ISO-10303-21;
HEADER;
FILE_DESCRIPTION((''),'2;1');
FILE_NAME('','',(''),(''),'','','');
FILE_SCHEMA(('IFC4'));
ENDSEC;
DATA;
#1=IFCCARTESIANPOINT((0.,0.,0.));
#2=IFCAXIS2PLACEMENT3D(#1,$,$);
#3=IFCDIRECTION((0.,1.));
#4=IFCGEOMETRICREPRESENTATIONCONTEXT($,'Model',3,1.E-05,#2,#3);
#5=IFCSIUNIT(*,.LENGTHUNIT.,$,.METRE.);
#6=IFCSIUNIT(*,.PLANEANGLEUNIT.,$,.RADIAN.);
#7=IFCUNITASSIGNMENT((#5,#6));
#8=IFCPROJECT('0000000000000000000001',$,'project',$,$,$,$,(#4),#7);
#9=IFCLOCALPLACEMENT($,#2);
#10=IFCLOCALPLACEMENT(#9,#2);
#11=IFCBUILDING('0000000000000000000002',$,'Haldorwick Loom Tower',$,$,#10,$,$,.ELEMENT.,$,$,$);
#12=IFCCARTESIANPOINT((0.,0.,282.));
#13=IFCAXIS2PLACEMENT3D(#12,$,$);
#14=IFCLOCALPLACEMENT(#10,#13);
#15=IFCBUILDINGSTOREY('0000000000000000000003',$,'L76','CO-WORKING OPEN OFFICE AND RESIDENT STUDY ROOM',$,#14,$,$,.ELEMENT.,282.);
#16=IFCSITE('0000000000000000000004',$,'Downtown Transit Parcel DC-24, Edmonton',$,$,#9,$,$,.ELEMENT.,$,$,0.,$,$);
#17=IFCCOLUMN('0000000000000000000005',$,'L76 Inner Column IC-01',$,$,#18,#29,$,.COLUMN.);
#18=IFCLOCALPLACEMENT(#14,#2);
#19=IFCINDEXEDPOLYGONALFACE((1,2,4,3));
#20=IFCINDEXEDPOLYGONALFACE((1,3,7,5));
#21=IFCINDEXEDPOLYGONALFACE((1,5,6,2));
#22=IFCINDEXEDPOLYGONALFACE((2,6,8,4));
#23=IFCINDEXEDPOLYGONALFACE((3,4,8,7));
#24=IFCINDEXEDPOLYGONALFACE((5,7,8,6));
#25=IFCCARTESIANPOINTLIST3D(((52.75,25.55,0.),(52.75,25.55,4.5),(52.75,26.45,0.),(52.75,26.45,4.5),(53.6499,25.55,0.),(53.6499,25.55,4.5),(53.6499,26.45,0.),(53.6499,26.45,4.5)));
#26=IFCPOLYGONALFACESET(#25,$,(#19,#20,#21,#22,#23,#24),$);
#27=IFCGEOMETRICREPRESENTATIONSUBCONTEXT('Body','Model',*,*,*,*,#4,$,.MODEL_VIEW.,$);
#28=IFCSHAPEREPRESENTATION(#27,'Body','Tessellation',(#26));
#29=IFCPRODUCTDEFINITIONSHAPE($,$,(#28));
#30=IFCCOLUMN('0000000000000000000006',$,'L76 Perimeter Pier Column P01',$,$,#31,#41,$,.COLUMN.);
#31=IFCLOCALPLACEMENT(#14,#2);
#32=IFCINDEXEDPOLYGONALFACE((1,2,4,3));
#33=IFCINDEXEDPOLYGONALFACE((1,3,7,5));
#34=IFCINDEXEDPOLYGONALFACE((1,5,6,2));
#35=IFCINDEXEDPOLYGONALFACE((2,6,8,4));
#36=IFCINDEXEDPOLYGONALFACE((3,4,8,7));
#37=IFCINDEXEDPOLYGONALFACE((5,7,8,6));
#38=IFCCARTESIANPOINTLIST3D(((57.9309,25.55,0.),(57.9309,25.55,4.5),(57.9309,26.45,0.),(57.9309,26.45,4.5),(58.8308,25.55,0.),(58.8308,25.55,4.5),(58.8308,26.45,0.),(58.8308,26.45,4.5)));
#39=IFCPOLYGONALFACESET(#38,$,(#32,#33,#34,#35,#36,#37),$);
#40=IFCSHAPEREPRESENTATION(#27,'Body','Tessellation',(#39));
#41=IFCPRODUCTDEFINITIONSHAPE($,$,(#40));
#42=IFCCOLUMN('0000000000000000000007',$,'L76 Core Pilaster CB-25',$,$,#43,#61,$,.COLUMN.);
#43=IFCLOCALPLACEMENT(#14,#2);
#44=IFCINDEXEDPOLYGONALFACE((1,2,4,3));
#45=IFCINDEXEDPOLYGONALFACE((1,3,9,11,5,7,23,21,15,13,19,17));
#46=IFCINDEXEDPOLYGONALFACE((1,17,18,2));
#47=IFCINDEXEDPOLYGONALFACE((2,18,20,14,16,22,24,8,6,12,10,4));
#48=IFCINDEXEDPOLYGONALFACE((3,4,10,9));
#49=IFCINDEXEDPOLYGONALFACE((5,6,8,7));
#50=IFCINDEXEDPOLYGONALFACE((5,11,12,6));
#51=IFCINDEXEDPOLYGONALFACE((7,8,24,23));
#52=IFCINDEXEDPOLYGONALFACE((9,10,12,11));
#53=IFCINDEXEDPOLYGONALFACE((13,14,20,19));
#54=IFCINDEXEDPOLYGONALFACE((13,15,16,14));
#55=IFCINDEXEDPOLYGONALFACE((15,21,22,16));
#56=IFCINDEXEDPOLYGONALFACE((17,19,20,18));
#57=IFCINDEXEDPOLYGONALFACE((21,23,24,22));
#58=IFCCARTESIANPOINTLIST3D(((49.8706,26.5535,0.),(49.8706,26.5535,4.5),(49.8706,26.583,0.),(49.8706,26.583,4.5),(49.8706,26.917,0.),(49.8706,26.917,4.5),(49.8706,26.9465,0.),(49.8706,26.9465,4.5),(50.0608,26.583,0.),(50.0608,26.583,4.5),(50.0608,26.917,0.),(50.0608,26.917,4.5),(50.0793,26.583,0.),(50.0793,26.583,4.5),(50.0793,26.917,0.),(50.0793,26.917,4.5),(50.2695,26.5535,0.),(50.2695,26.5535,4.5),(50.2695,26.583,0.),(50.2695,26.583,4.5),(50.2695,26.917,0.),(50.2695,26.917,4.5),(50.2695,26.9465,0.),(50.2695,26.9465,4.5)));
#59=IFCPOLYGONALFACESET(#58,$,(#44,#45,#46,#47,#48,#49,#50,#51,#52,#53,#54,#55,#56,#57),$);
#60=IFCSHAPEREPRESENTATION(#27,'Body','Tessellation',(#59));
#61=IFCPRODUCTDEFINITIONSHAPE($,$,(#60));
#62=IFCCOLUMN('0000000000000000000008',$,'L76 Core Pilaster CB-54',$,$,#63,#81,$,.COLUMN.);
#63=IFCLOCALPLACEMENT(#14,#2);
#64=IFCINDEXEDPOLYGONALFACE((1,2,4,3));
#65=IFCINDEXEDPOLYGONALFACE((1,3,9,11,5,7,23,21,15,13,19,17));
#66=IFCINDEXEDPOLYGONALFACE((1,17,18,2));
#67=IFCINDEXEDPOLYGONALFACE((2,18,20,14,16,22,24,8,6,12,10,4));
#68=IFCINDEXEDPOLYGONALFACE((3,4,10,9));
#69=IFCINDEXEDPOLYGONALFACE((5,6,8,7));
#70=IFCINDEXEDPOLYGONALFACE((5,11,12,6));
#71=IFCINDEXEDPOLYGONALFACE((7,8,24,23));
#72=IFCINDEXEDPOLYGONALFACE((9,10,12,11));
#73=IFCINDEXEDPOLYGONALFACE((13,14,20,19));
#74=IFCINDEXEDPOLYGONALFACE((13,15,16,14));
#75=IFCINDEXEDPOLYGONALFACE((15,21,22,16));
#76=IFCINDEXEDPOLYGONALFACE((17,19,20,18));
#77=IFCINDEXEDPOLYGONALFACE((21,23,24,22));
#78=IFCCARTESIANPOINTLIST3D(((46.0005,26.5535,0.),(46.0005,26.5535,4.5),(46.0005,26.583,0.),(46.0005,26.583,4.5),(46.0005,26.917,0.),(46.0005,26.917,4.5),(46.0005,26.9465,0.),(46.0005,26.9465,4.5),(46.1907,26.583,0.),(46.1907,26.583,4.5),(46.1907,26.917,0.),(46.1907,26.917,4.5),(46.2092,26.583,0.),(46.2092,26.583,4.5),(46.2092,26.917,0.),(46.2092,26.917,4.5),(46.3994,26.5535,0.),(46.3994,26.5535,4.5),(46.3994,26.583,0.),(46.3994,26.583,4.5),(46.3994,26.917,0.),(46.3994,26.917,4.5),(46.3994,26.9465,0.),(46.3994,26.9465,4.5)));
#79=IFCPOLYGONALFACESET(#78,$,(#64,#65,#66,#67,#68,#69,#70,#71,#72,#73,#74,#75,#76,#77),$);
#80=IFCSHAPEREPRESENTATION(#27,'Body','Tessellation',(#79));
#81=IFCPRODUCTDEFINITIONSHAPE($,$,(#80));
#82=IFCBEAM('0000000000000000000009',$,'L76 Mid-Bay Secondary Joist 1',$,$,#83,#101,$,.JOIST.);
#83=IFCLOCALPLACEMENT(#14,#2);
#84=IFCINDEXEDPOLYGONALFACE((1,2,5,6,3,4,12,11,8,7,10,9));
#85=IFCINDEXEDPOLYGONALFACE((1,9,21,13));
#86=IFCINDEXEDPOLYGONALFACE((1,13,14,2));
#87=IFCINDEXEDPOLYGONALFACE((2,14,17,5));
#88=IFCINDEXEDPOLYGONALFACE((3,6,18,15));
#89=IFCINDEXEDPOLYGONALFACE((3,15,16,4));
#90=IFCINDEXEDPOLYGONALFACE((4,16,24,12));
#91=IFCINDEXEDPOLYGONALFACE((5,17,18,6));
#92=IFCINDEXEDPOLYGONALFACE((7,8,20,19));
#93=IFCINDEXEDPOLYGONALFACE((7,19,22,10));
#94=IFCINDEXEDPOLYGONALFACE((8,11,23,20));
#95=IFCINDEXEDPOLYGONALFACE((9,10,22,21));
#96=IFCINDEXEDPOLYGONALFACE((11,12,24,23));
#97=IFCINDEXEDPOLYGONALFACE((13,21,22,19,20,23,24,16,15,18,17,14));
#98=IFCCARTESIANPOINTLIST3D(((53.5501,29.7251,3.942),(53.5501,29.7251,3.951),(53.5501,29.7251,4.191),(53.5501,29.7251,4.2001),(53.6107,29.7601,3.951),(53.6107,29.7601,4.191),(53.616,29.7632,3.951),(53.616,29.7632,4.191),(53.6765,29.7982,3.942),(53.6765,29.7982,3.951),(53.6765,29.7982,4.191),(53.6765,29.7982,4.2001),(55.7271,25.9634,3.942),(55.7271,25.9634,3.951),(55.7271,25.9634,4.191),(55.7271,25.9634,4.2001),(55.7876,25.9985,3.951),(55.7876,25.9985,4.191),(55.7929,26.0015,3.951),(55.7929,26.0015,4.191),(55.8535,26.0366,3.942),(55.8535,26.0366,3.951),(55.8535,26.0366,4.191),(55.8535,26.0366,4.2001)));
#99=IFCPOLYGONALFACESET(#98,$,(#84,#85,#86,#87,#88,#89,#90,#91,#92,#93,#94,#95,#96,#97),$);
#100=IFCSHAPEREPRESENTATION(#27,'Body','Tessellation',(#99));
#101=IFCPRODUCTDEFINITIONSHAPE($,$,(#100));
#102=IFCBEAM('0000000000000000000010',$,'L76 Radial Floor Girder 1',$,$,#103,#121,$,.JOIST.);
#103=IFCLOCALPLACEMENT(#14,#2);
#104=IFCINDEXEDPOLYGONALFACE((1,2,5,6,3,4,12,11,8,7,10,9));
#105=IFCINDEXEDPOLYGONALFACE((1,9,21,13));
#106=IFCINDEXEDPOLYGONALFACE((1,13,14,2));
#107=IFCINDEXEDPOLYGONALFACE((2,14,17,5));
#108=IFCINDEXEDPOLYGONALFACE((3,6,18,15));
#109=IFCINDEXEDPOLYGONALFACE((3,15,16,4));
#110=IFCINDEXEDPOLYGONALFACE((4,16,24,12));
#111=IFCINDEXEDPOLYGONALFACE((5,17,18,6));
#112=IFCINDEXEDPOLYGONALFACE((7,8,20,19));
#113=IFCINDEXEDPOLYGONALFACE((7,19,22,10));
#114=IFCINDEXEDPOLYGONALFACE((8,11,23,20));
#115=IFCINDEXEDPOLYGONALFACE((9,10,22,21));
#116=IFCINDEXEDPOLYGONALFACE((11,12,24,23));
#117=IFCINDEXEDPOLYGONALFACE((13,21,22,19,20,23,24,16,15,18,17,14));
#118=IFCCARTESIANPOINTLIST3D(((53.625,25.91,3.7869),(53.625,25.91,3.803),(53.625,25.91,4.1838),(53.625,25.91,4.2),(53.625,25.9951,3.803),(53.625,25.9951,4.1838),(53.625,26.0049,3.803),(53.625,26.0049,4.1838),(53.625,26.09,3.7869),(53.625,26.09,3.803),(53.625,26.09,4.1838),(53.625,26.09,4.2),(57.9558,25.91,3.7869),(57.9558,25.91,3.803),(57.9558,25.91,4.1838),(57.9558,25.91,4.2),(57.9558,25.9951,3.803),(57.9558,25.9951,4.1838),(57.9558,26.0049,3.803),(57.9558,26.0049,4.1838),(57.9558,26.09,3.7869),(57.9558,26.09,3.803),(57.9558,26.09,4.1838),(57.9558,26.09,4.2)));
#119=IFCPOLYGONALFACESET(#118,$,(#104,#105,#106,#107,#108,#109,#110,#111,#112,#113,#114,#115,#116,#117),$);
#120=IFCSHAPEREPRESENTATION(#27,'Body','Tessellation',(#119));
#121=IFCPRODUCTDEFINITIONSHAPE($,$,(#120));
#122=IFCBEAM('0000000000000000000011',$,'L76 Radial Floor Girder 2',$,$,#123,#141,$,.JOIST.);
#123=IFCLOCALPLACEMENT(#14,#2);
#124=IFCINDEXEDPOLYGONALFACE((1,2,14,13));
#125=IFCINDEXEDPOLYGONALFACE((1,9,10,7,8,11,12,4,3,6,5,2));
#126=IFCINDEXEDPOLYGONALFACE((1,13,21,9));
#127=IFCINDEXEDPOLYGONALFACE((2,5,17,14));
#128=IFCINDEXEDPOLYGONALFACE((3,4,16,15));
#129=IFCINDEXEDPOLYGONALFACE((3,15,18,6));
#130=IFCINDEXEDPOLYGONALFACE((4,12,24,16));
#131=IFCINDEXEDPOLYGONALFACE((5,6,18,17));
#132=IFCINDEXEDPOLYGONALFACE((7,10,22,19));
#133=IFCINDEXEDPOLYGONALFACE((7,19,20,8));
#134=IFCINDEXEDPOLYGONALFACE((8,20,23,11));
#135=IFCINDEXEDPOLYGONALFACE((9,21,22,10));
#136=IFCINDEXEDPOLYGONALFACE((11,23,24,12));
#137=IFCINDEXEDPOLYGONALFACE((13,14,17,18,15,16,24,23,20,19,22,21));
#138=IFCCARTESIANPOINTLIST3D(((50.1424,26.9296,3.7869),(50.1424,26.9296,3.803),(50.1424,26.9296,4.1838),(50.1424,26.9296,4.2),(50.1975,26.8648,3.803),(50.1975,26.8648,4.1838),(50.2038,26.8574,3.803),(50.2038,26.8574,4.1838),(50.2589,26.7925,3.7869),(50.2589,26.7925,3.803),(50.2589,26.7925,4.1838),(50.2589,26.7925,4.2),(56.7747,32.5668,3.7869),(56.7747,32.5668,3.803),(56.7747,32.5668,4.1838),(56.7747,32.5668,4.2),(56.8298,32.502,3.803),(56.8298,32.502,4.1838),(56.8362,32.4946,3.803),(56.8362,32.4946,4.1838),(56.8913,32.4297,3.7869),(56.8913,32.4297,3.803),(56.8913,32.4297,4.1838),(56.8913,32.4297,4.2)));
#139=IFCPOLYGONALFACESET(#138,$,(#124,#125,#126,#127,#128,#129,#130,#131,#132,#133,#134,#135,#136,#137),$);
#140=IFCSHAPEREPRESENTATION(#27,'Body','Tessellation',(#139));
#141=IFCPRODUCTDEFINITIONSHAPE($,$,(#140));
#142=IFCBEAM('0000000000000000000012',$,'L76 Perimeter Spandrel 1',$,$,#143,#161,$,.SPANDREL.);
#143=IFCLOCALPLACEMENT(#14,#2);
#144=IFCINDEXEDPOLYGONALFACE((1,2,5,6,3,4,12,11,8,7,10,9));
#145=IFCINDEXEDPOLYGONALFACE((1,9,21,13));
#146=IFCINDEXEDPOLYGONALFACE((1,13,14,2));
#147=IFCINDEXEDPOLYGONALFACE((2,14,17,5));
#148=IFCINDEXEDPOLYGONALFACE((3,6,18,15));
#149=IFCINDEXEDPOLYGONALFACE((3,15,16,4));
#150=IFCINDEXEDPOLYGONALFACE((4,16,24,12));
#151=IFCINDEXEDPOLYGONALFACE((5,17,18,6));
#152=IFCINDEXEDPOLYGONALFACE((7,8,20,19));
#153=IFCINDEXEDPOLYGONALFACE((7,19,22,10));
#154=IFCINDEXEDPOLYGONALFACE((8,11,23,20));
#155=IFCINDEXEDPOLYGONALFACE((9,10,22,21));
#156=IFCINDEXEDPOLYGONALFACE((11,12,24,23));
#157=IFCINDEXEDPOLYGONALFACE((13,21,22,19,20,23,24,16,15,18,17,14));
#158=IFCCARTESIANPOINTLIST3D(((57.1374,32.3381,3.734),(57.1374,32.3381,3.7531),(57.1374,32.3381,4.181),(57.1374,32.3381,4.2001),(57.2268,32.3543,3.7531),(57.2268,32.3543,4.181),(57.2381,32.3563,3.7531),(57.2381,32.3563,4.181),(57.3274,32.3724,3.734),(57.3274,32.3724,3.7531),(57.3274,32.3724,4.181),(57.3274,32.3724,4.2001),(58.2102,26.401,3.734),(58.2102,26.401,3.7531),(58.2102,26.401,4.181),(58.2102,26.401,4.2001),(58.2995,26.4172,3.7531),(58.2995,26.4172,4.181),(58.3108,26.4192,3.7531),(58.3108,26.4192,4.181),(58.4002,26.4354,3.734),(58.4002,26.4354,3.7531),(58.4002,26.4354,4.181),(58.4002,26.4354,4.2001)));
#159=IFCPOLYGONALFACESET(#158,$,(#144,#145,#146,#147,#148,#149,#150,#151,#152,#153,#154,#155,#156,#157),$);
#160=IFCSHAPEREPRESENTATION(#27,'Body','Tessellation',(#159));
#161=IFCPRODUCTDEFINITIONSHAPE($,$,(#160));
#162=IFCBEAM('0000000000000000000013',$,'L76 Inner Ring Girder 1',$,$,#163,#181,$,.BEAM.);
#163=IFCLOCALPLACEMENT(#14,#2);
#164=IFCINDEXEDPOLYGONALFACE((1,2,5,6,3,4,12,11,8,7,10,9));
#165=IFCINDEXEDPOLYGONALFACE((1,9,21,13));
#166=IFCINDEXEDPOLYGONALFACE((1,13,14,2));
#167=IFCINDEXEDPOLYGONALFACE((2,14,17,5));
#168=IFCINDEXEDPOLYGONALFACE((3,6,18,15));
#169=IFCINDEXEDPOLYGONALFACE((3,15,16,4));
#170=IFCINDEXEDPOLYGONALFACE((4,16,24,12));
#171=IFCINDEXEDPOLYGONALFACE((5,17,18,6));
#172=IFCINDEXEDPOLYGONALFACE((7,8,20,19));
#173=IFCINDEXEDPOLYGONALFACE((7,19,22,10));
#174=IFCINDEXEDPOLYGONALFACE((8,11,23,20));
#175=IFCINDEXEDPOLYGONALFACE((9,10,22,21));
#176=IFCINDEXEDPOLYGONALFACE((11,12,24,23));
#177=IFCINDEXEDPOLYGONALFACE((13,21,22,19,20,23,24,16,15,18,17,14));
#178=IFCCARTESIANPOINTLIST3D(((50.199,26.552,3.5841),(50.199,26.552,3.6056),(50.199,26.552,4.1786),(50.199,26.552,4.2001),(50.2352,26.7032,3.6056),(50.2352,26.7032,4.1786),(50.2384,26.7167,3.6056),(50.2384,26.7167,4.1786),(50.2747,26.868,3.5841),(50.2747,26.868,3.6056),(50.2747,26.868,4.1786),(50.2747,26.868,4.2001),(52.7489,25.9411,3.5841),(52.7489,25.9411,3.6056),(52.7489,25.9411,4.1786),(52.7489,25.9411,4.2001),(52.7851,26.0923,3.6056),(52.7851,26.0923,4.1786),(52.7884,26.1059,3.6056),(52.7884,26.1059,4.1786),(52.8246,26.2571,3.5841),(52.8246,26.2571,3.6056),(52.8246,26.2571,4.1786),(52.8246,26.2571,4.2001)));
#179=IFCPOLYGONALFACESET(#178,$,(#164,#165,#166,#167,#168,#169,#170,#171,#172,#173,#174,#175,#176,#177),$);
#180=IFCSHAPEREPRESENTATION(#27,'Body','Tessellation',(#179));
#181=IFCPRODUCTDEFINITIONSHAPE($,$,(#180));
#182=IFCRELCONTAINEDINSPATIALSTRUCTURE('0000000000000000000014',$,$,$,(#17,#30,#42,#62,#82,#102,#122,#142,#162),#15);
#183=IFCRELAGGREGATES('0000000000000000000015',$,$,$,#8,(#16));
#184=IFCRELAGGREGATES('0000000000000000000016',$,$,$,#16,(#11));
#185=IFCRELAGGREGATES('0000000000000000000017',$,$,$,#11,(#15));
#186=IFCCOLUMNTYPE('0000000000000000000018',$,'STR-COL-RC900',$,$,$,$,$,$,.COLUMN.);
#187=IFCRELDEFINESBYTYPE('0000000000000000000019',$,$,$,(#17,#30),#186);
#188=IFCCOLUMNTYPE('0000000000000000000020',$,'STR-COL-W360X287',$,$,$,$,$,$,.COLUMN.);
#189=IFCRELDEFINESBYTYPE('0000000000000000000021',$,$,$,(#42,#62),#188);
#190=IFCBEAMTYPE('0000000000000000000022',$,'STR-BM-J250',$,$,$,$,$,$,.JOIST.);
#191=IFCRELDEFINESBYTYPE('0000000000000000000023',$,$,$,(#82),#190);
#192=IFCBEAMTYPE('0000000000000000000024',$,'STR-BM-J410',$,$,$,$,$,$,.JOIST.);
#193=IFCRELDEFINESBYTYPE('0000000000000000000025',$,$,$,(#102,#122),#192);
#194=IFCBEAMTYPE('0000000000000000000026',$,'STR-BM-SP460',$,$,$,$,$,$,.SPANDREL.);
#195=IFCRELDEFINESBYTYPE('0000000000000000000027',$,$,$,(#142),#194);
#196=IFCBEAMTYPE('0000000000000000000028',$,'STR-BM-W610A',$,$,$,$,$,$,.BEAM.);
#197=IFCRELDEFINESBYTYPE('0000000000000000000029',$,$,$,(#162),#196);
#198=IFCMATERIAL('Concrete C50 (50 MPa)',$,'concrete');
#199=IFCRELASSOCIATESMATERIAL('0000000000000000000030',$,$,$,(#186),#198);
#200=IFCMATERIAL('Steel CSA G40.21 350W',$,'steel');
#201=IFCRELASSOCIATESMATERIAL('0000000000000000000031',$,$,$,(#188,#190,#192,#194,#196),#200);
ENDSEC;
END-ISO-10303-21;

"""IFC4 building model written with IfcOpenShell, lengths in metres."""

from ifc_helpers import new_model, si_unit, direction, frame, origin, origin_2d, place, context, subcontext, project, spatial, rectangle, i_section, extrude, material, material_profile, profile_set, type_object, element, save


model = new_model("IFC4")

# Units and contexts
model_context = context("Model", 3, precision=1e-05, world=origin(), true_north=direction((0.0, 1.0)))
body_context = subcontext(model_context, "Body", "Model", "MODEL_VIEW")
ifc_project = project(units=[si_unit("LENGTHUNIT", "METRE"), si_unit("PLANEANGLEUNIT", "RADIAN")], contexts=[model_context])

# Site, building, storey
site_placement = place(None, origin())
site = spatial("IfcSite", under=ifc_project, at=site_placement, Name="Downtown Transit Parcel DC-24, Edmonton", CompositionType="ELEMENT", RefElevation=0.0)
building_placement = place(site_placement, origin())
building = spatial("IfcBuilding", under=site, at=building_placement, Name="Haldorwick Loom Tower", CompositionType="ELEMENT")
storey_placement = place(building_placement, frame((0.0, 0.0, 282.0)))
storey = spatial("IfcBuildingStorey", under=building, at=storey_placement, Name="L76", Description="CO-WORKING OPEN OFFICE AND RESIDENT STUDY ROOM", CompositionType="ELEMENT", Elevation=282.0)

# Columns
ifc_material_1 = material(Name="Concrete C50 (50 MPa)", Category="concrete")
ifc_material_profile_1 = material_profile(ifc_material_1, rectangle(XDim=0.8999, YDim=0.8999, at=origin_2d()), Name="RC900X900", Category="concrete")
ifc_profile_set_1 = profile_set([ifc_material_profile_1], Name="Concrete C50 (50 MPa)")
column_type_1 = type_object("IfcColumnType", Name="STR-COL-RC900", PredefinedType="COLUMN", material=ifc_profile_set_1)
for number, where, z_axis, x_axis, name in (
    (1, (53.2, 26.0, 0.0), (0.0, 0.0, 1.0), (1.0, 0.0, 0.0), "L76 Inner Column IC-01"),
    (2, (58.3809, 26.0, 0.0), (0.0, 0.0, 1.0), (1.0, 0.0, 0.0), "L76 Perimeter Pier Column P01"),
):
    element("IfcColumn", number, at=place(storey_placement, frame(where, z_axis=z_axis, x_axis=x_axis)), inside=storey, type_object=column_type_1, Name=name, PredefinedType="COLUMN", context=body_context, shape_type="SweptSolid", body=[
        extrude(rectangle(XDim=0.8999, YDim=0.8999, at=origin_2d()), origin(), (0.0, 0.0, 1.0), 4.5),
    ])
ifc_material_2 = material(Name="Steel CSA G40.21 350W", Category="steel")
ifc_material_profile_2 = material_profile(ifc_material_2, i_section(OverallWidth=0.3989, OverallDepth=0.3931, WebThickness=0.0186, FlangeThickness=0.0295, at=origin_2d()), Name="W360X287", Category="steel")
ifc_profile_set_2 = profile_set([ifc_material_profile_2], Name="Steel CSA G40.21 350W")
column_type_2 = type_object("IfcColumnType", Name="STR-COL-W360X287", PredefinedType="COLUMN", material=ifc_profile_set_2)
for number, where, z_axis, x_axis, name in (
    (3, (50.0701, 26.75, 0.0), (0.0, 0.0, 1.0), (1.0, 0.0, 0.0), "L76 Core Pilaster CB-25"),
    (4, (46.2, 26.75, 0.0), (0.0, 0.0, 1.0), (1.0, 0.0, 0.0), "L76 Core Pilaster CB-54"),
):
    element("IfcColumn", number, at=place(storey_placement, frame(where, z_axis=z_axis, x_axis=x_axis)), inside=storey, type_object=column_type_2, Name=name, PredefinedType="COLUMN", context=body_context, shape_type="SweptSolid", body=[
        extrude(i_section(OverallWidth=0.3989, OverallDepth=0.3931, WebThickness=0.0186, FlangeThickness=0.0295, at=origin_2d()), origin(), (0.0, 0.0, 1.0), 4.5),
    ])

# Beams
ifc_material_profile_3 = material_profile(ifc_material_2, i_section(OverallWidth=0.146, OverallDepth=0.2581, WebThickness=0.0061, FlangeThickness=0.009, at=origin_2d()), Name="W250X33", Category="steel")
ifc_profile_set_3 = profile_set([ifc_material_profile_3], Name="Steel CSA G40.21 350W")
beam_type_1 = type_object("IfcBeamType", Name="STR-BM-J250", PredefinedType="JOIST", material=ifc_profile_set_3)
beam_1_placement = place(storey_placement, frame((55.7903, 26.0, 4.071), z_axis=(-0.500892, 0.86551, 0.0), x_axis=(-0.86551, -0.500892, 0.0)))
element("IfcBeam", 5, at=beam_1_placement, inside=storey, type_object=beam_type_1, Name="L76 Mid-Bay Secondary Joist 1", PredefinedType="JOIST", context=body_context, shape_type="SweptSolid", body=[
    extrude(i_section(OverallWidth=0.146, OverallDepth=0.2581, WebThickness=0.0061, FlangeThickness=0.009, at=origin_2d()), origin(), (0.0, 0.0, 1.0), 4.3462),
])
ifc_material_profile_4 = material_profile(ifc_material_2, i_section(OverallWidth=0.1799, OverallDepth=0.4131, WebThickness=0.0098, FlangeThickness=0.0161, at=origin_2d()), Name="W410X74", Category="steel")
ifc_profile_set_4 = profile_set([ifc_material_profile_4], Name="Steel CSA G40.21 350W")
beam_type_2 = type_object("IfcBeamType", Name="STR-BM-J410", PredefinedType="JOIST", material=ifc_profile_set_4)
beam_2_placement = place(storey_placement, frame((53.625, 26.0, 3.9934), z_axis=(1.0, 0.0, 0.0), x_axis=(0.0, 1.0, 0.0)))
element("IfcBeam", 6, at=beam_2_placement, inside=storey, type_object=beam_type_2, Name="L76 Radial Floor Girder 1", PredefinedType="JOIST", context=body_context, shape_type="SweptSolid", body=[
    extrude(i_section(OverallWidth=0.1799, OverallDepth=0.4131, WebThickness=0.0098, FlangeThickness=0.0161, at=origin_2d()), origin(), (0.0, 0.0, 1.0), 4.3308),
])
beam_3_placement = place(storey_placement, frame((50.2007, 26.8611, 3.9934), z_axis=(0.761955, 0.647631, 0.0), x_axis=(-0.647631, 0.761955, 0.0)))
element("IfcBeam", 7, at=beam_3_placement, inside=storey, type_object=beam_type_2, Name="L76 Radial Floor Girder 2", PredefinedType="JOIST", context=body_context, shape_type="SweptSolid", body=[
    extrude(i_section(OverallWidth=0.1799, OverallDepth=0.4131, WebThickness=0.0098, FlangeThickness=0.0161, at=origin_2d()), origin(), (0.0, 0.0, 1.0), 8.7043),
])
ifc_material_profile_5 = material_profile(ifc_material_2, i_section(OverallWidth=0.1931, OverallDepth=0.4661, WebThickness=0.0115, FlangeThickness=0.019, at=origin_2d()), Name="W460X97", Category="steel")
ifc_profile_set_5 = profile_set([ifc_material_profile_5], Name="Steel CSA G40.21 350W")
beam_type_3 = type_object("IfcBeamType", Name="STR-BM-SP460", PredefinedType="SPANDREL", material=ifc_profile_set_5)
beam_4_placement = place(storey_placement, frame((58.3052, 26.4182, 3.967), z_axis=(-0.17781, 0.984065, 0.0), x_axis=(-0.984065, -0.17781, 0.0)))
element("IfcBeam", 8, at=beam_4_placement, inside=storey, type_object=beam_type_3, Name="L76 Perimeter Spandrel 1", PredefinedType="SPANDREL", context=body_context, shape_type="SweptSolid", body=[
    extrude(i_section(OverallWidth=0.1931, OverallDepth=0.4661, WebThickness=0.0115, FlangeThickness=0.019, at=origin_2d()), origin(), (0.0, 0.0, 1.0), 6.0332),
])
ifc_material_profile_6 = material_profile(ifc_material_2, i_section(OverallWidth=0.325, OverallDepth=0.616, WebThickness=0.0139, FlangeThickness=0.0215, at=origin_2d()), Name="W610X174", Category="steel")
ifc_profile_set_6 = profile_set([ifc_material_profile_6], Name="Steel CSA G40.21 350W")
beam_type_4 = type_object("IfcBeamType", Name="STR-BM-W610A", PredefinedType="BEAM", material=ifc_profile_set_6)
beam_5_placement = place(storey_placement, frame((50.2368, 26.71, 3.8921), z_axis=(0.972484, -0.232971, 0.0), x_axis=(0.232971, 0.972484, 0.0)))
element("IfcBeam", 9, at=beam_5_placement, inside=storey, type_object=beam_type_4, Name="L76 Inner Ring Girder 1", PredefinedType="BEAM", context=body_context, shape_type="SweptSolid", body=[
    extrude(i_section(OverallWidth=0.325, OverallDepth=0.616, WebThickness=0.0139, FlangeThickness=0.0215, at=origin_2d()), origin(), (0.0, 0.0, 1.0), 2.6221),
])

save(model, "model.ifc")
